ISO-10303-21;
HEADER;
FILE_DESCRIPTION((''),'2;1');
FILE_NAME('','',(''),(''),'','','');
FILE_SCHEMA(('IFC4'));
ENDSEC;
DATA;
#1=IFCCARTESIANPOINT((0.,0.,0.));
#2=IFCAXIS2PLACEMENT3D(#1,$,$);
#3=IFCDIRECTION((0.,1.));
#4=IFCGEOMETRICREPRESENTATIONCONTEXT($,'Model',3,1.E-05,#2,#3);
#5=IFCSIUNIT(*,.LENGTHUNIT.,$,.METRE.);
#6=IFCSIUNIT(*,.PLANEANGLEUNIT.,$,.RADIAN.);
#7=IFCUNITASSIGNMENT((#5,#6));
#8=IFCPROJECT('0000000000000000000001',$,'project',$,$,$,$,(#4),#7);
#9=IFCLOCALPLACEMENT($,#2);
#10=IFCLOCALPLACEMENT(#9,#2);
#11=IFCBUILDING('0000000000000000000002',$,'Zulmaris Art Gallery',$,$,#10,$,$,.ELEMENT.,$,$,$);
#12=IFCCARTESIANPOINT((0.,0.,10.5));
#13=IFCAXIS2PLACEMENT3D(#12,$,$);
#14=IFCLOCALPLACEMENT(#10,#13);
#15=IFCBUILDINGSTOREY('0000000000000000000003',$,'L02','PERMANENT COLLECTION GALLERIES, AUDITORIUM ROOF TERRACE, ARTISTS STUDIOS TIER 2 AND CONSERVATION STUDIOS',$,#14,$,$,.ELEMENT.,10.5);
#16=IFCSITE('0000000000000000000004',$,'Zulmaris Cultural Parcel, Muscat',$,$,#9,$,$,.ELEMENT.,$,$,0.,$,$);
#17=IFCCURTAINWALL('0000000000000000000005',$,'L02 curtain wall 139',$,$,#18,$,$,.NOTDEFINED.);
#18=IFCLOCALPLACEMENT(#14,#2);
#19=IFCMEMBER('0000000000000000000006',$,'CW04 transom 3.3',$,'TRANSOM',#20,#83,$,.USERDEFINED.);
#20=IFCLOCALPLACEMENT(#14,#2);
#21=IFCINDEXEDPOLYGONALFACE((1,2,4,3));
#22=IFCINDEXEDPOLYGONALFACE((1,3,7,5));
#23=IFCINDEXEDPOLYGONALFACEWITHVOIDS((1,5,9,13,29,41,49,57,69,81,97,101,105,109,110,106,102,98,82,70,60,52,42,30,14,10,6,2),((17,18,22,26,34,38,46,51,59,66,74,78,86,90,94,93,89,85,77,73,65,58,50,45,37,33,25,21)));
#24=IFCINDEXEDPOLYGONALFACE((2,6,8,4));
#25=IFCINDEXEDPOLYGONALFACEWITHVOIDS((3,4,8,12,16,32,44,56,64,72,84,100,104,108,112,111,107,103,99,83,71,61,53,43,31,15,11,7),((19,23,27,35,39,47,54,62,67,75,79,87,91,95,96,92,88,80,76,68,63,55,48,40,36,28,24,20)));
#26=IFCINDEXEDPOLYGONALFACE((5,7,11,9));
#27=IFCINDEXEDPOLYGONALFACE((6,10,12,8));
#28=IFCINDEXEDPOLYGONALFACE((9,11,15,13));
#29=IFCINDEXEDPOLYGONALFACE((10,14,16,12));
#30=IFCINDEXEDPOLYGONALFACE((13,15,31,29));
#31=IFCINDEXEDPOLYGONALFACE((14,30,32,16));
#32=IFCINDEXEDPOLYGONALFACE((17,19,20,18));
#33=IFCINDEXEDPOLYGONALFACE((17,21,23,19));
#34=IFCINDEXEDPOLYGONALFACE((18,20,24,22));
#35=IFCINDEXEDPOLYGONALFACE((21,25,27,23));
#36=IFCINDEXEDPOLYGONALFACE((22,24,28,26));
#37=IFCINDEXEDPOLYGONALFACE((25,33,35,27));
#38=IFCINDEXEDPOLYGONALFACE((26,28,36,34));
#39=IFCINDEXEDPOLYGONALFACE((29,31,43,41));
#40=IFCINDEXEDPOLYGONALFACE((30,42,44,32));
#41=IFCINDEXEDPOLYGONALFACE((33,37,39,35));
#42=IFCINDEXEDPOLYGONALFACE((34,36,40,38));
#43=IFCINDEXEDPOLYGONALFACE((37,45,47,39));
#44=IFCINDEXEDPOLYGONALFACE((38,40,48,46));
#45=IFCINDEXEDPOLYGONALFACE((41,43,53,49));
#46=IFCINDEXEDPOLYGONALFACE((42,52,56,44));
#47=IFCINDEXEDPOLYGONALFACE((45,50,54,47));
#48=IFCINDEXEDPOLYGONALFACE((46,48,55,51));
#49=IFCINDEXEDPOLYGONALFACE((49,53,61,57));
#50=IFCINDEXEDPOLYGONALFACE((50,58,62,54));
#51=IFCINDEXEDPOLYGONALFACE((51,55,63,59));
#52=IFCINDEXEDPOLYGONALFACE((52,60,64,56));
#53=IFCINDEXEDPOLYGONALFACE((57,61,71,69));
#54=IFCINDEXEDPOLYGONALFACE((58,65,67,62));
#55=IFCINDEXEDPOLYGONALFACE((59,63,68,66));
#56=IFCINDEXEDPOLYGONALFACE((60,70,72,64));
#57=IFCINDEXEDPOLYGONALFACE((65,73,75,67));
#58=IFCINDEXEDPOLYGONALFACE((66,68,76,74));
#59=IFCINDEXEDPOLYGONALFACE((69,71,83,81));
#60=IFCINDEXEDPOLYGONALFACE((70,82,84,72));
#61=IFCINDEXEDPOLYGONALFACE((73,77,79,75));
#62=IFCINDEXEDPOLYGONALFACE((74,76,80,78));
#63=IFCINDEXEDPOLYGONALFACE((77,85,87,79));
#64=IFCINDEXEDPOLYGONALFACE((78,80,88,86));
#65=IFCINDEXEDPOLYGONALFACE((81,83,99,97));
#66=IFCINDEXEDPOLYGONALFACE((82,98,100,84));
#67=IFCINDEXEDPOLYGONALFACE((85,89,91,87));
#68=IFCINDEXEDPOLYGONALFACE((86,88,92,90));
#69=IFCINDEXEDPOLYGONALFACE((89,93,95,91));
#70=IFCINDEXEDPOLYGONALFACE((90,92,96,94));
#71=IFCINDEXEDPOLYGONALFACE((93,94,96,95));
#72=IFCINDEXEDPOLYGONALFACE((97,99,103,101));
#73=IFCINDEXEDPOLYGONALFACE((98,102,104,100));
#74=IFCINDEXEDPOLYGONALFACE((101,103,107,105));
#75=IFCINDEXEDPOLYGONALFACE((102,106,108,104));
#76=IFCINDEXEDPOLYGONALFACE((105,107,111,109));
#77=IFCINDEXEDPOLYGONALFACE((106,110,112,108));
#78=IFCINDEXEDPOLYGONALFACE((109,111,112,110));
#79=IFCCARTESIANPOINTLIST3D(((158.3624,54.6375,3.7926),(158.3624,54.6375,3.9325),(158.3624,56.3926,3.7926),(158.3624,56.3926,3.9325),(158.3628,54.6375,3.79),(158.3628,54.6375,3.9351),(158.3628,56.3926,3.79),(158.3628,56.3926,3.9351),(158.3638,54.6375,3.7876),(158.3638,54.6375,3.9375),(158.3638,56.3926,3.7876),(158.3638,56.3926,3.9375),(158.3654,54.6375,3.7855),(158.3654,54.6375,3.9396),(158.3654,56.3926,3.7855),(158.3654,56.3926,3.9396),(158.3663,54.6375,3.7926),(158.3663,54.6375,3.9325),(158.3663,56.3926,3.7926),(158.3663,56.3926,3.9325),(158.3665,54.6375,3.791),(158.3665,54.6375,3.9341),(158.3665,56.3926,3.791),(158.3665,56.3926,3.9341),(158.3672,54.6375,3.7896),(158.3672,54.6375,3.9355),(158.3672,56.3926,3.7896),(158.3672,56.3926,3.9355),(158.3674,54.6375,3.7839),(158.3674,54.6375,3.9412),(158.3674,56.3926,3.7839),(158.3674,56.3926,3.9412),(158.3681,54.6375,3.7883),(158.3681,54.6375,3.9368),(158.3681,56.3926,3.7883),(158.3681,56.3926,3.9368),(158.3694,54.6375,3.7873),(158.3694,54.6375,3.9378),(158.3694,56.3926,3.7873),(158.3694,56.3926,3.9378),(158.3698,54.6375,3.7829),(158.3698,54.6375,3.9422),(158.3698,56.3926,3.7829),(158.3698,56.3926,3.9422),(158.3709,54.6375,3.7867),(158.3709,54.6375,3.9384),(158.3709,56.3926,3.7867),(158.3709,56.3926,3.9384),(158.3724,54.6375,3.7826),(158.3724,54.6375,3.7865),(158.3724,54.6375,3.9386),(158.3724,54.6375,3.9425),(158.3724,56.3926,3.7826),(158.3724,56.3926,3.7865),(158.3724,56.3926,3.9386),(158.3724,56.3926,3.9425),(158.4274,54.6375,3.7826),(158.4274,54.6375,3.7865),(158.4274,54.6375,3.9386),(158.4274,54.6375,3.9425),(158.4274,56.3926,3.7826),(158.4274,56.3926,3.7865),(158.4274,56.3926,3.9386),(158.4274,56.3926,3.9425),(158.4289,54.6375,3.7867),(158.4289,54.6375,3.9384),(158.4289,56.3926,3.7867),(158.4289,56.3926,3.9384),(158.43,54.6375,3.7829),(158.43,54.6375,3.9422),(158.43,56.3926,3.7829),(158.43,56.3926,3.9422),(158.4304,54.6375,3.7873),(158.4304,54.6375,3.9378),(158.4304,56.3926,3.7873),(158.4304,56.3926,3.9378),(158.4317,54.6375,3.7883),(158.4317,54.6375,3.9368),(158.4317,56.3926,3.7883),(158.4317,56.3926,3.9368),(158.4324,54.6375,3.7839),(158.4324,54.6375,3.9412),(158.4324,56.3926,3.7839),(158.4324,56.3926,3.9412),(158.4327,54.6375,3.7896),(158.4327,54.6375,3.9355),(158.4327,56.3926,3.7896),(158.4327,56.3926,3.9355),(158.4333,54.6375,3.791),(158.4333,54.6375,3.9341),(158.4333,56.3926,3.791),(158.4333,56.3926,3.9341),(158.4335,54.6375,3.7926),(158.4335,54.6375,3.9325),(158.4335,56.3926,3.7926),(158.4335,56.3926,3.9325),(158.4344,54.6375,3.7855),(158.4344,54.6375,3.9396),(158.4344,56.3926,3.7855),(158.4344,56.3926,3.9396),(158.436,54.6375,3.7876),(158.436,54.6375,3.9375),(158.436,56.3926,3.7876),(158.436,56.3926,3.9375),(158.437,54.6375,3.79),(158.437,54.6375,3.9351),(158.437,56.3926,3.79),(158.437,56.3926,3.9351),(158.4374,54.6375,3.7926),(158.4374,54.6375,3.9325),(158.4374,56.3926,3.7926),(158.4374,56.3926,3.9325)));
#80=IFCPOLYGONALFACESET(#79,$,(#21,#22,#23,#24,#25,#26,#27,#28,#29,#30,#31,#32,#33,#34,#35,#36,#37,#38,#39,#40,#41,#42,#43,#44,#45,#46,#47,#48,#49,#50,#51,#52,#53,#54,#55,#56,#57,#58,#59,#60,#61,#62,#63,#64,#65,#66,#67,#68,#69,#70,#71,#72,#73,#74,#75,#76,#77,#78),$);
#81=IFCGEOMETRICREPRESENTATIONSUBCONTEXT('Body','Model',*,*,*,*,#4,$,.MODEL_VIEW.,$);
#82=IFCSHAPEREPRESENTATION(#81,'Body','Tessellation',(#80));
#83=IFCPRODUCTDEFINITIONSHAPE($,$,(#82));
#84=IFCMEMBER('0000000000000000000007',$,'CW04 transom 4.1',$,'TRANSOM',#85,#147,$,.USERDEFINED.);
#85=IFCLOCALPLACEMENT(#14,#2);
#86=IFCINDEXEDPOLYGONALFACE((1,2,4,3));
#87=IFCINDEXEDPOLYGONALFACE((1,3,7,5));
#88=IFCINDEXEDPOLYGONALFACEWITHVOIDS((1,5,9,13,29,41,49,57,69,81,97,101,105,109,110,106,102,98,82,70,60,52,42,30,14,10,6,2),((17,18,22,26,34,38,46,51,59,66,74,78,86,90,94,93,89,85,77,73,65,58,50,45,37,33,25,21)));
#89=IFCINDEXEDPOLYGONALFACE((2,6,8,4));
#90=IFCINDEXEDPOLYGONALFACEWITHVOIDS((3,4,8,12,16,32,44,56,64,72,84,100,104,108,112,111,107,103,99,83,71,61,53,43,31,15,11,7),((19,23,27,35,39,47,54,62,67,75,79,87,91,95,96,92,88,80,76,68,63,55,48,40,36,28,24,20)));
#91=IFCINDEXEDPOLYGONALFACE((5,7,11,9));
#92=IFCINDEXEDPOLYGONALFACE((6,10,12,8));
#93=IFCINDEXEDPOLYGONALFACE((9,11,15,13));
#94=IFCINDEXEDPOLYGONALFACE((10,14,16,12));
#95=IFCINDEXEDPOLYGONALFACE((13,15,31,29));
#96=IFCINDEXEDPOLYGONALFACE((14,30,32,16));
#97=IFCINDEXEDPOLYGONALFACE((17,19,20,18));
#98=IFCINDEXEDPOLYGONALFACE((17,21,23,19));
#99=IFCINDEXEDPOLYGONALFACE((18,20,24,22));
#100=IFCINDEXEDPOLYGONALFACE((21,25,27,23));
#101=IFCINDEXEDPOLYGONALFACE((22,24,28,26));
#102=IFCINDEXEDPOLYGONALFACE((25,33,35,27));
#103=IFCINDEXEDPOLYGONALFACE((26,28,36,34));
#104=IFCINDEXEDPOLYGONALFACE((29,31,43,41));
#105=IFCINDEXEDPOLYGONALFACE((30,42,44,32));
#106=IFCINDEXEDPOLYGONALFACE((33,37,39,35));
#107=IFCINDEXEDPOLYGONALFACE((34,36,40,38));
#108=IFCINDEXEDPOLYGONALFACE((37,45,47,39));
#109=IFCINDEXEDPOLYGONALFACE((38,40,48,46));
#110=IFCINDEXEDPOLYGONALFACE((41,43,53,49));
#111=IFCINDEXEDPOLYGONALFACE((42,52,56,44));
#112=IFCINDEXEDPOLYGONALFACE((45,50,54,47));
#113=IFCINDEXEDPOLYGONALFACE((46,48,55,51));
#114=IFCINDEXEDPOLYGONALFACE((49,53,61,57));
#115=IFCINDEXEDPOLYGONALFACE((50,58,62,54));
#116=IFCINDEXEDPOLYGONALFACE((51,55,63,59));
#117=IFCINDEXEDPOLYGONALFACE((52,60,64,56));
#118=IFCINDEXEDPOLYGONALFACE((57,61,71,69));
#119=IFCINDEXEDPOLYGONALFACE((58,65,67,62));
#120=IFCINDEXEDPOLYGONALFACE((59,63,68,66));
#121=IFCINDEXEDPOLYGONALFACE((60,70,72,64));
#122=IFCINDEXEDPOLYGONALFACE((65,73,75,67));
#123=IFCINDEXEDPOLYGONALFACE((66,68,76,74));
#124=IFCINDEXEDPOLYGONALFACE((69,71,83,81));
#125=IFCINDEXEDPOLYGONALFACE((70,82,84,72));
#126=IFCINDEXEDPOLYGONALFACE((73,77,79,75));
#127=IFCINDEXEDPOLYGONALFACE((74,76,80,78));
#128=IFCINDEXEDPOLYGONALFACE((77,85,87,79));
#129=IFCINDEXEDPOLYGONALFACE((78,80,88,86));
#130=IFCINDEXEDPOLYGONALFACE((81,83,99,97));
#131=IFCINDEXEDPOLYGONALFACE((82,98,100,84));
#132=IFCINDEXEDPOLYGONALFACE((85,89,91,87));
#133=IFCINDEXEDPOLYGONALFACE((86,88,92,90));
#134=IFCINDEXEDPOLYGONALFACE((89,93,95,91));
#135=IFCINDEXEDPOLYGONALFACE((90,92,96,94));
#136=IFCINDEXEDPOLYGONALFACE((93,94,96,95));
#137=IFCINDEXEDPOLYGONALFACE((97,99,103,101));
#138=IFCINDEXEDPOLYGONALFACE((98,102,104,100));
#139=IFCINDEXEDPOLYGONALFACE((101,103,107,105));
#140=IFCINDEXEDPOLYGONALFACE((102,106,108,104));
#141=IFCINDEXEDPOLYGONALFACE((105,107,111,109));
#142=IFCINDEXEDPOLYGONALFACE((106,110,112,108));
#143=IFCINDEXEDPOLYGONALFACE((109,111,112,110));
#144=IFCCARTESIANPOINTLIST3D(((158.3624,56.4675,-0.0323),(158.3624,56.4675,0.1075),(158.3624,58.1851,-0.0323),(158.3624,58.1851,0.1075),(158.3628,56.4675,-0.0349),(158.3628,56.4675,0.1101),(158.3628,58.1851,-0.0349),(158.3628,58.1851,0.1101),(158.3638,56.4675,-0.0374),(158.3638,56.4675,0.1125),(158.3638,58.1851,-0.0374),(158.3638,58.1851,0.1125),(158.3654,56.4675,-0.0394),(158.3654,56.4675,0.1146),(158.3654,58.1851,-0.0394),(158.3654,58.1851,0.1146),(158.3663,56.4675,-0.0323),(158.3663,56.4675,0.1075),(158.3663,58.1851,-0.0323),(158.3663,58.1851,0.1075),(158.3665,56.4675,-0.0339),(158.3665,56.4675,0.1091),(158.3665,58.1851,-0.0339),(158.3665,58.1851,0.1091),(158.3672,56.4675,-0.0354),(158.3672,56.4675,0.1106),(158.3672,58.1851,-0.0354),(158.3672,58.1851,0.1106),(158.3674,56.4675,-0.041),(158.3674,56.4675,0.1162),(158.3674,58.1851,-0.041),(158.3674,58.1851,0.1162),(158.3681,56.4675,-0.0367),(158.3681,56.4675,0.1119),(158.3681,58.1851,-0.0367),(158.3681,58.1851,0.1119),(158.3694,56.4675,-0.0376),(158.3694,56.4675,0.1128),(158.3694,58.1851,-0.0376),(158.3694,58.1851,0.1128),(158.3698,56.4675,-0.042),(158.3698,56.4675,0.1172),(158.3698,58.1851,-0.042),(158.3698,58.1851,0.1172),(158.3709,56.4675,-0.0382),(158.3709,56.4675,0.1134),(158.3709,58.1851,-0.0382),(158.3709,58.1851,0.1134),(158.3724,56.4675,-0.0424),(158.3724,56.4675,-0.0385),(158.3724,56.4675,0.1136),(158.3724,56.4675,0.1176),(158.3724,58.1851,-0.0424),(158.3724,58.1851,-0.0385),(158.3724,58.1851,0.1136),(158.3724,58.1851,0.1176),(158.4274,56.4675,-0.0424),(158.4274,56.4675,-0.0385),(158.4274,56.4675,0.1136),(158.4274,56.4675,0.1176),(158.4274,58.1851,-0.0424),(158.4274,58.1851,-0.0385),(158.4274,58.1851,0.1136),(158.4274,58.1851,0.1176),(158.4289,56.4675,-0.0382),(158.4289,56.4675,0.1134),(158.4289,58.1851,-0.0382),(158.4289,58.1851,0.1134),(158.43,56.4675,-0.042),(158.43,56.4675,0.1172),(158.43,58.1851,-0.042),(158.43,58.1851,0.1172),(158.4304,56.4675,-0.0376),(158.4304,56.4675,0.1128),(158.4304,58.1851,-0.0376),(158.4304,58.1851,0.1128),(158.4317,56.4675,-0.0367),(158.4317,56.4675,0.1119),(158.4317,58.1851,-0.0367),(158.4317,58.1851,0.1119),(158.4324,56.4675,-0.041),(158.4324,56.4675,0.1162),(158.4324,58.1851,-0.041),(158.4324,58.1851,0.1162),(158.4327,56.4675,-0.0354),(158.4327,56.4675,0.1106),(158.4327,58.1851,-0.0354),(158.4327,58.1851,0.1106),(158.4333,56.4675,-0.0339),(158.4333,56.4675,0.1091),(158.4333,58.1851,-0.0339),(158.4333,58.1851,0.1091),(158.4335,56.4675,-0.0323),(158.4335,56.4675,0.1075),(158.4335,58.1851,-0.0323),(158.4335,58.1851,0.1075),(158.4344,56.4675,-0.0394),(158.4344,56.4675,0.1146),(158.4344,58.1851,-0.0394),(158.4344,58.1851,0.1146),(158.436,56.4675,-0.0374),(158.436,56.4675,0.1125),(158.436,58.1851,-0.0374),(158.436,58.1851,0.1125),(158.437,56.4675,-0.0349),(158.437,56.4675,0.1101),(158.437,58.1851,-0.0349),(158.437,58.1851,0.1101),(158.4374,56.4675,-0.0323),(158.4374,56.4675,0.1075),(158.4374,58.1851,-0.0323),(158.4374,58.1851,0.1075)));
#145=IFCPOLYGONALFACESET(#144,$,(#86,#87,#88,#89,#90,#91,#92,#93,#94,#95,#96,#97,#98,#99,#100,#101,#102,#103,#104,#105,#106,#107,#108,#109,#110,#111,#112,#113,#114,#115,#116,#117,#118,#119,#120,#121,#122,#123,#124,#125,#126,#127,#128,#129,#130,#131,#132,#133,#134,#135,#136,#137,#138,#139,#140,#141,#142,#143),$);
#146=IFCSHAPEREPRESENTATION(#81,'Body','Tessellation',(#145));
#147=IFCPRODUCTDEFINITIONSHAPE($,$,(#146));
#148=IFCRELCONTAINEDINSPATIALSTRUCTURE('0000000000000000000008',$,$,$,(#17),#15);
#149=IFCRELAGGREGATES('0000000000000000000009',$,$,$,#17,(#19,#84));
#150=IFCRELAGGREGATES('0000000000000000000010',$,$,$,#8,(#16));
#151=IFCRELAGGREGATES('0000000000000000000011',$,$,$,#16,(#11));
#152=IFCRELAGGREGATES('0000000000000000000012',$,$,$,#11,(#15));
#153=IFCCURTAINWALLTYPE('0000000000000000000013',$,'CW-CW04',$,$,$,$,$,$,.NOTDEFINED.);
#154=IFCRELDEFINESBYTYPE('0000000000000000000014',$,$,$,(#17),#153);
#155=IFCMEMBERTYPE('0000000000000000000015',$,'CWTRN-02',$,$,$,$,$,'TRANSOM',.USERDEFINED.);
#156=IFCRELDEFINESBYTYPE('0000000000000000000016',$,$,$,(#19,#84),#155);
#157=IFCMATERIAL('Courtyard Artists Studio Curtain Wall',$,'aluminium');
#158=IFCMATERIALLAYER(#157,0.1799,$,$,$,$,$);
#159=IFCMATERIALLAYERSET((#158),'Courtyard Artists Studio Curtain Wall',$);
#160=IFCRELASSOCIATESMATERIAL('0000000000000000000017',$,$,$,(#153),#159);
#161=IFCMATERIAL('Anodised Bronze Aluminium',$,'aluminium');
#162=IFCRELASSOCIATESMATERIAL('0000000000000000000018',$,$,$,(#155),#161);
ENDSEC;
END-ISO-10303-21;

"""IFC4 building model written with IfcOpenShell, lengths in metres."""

from ifc_helpers import new_model, si_unit, direction, frame, origin, origin_2d, place, context, subcontext, project, spatial, hollow_rectangle, extrude, material, layer, layer_set, material_profile, profile_set, type_object, element, aggregate, save


model = new_model("IFC4")

# Units and contexts
model_context = context("Model", 3, precision=1e-05, world=origin(), true_north=direction((0.0, 1.0)))
body_context = subcontext(model_context, "Body", "Model", "MODEL_VIEW")
ifc_project = project(units=[si_unit("LENGTHUNIT", "METRE"), si_unit("PLANEANGLEUNIT", "RADIAN")], contexts=[model_context])

# Site, building, storey
site_placement = place(None, origin())
site = spatial("IfcSite", under=ifc_project, at=site_placement, Name="Zulmaris Cultural Parcel, Muscat", CompositionType="ELEMENT", RefElevation=0.0)
building_placement = place(site_placement, origin())
building = spatial("IfcBuilding", under=site, at=building_placement, Name="Zulmaris Art Gallery", CompositionType="ELEMENT")
storey_placement = place(building_placement, frame((0.0, 0.0, 10.5)))
storey = spatial("IfcBuildingStorey", under=building, at=storey_placement, Name="L02", Description="PERMANENT COLLECTION GALLERIES, AUDITORIUM ROOF TERRACE, ARTISTS STUDIOS TIER 2 AND CONSERVATION STUDIOS", CompositionType="ELEMENT", Elevation=10.5)

# Curtain wall
ifc_material_1 = material(Name="Courtyard Artists Studio Curtain Wall", Category="aluminium")
ifc_layer_1 = layer(ifc_material_1, 0.1799)
ifc_layer_set_1 = layer_set([ifc_layer_1], Name="Courtyard Artists Studio Curtain Wall")
curtain_wall_type = type_object("IfcCurtainWallType", Name="CW-CW04", PredefinedType="NOTDEFINED", material=ifc_layer_set_1)
ifc_material_2 = material(Name="Anodised Bronze Aluminium", Category="aluminium")
curtain_wall_1_placement = place(storey_placement, origin())
curtain_wall_1 = element("IfcCurtainWall", 1, at=curtain_wall_1_placement, inside=storey, type_object=curtain_wall_type, Name="L02 curtain wall 139", PredefinedType="NOTDEFINED")

# Members
ifc_material_profile_1 = material_profile(ifc_material_2, hollow_rectangle(XDim=0.075, YDim=0.1599, WallThickness=0.0039, InnerFilletRadius=0.0061, OuterFilletRadius=0.01, at=origin_2d()), Name="ALU 75x160x4")
ifc_profile_set_1 = profile_set([ifc_material_profile_1], Name="Anodised Bronze Aluminium")
member_type_1 = type_object("IfcMemberType", Name="CWTRN-02", ElementType="TRANSOM", PredefinedType="USERDEFINED", material=ifc_profile_set_1)
member_1_placement = place(storey_placement, frame((158.3999, 54.6375, 3.8625), z_axis=(0.0, 1.0, 0.0), x_axis=(-1.0, 0.0, 0.0)))
member_1 = element("IfcMember", 2, at=member_1_placement, type_object=member_type_1, Name="CW04 transom 3.3", ObjectType="TRANSOM", PredefinedType="USERDEFINED", context=body_context, shape_type="SweptSolid", body=[
    extrude(hollow_rectangle(XDim=0.075, YDim=0.1599, WallThickness=0.0039, InnerFilletRadius=0.0061, OuterFilletRadius=0.01, at=origin_2d()), origin(), (0.0, 0.0, 1.0), 1.7551),
])
member_2_placement = place(storey_placement, frame((158.3999, 56.4675, 0.0376), z_axis=(0.0, 1.0, 0.0), x_axis=(-1.0, 0.0, 0.0)))
member_2 = element("IfcMember", 3, at=member_2_placement, type_object=member_type_1, Name="CW04 transom 4.1", ObjectType="TRANSOM", PredefinedType="USERDEFINED", context=body_context, shape_type="SweptSolid", body=[
    extrude(hollow_rectangle(XDim=0.075, YDim=0.1599, WallThickness=0.0039, InnerFilletRadius=0.0061, OuterFilletRadius=0.01, at=origin_2d()), origin(), (0.0, 0.0, 1.0), 1.7175),
])

aggregate(curtain_wall_1, [member_1, member_2])

save(model, "model.ifc")
